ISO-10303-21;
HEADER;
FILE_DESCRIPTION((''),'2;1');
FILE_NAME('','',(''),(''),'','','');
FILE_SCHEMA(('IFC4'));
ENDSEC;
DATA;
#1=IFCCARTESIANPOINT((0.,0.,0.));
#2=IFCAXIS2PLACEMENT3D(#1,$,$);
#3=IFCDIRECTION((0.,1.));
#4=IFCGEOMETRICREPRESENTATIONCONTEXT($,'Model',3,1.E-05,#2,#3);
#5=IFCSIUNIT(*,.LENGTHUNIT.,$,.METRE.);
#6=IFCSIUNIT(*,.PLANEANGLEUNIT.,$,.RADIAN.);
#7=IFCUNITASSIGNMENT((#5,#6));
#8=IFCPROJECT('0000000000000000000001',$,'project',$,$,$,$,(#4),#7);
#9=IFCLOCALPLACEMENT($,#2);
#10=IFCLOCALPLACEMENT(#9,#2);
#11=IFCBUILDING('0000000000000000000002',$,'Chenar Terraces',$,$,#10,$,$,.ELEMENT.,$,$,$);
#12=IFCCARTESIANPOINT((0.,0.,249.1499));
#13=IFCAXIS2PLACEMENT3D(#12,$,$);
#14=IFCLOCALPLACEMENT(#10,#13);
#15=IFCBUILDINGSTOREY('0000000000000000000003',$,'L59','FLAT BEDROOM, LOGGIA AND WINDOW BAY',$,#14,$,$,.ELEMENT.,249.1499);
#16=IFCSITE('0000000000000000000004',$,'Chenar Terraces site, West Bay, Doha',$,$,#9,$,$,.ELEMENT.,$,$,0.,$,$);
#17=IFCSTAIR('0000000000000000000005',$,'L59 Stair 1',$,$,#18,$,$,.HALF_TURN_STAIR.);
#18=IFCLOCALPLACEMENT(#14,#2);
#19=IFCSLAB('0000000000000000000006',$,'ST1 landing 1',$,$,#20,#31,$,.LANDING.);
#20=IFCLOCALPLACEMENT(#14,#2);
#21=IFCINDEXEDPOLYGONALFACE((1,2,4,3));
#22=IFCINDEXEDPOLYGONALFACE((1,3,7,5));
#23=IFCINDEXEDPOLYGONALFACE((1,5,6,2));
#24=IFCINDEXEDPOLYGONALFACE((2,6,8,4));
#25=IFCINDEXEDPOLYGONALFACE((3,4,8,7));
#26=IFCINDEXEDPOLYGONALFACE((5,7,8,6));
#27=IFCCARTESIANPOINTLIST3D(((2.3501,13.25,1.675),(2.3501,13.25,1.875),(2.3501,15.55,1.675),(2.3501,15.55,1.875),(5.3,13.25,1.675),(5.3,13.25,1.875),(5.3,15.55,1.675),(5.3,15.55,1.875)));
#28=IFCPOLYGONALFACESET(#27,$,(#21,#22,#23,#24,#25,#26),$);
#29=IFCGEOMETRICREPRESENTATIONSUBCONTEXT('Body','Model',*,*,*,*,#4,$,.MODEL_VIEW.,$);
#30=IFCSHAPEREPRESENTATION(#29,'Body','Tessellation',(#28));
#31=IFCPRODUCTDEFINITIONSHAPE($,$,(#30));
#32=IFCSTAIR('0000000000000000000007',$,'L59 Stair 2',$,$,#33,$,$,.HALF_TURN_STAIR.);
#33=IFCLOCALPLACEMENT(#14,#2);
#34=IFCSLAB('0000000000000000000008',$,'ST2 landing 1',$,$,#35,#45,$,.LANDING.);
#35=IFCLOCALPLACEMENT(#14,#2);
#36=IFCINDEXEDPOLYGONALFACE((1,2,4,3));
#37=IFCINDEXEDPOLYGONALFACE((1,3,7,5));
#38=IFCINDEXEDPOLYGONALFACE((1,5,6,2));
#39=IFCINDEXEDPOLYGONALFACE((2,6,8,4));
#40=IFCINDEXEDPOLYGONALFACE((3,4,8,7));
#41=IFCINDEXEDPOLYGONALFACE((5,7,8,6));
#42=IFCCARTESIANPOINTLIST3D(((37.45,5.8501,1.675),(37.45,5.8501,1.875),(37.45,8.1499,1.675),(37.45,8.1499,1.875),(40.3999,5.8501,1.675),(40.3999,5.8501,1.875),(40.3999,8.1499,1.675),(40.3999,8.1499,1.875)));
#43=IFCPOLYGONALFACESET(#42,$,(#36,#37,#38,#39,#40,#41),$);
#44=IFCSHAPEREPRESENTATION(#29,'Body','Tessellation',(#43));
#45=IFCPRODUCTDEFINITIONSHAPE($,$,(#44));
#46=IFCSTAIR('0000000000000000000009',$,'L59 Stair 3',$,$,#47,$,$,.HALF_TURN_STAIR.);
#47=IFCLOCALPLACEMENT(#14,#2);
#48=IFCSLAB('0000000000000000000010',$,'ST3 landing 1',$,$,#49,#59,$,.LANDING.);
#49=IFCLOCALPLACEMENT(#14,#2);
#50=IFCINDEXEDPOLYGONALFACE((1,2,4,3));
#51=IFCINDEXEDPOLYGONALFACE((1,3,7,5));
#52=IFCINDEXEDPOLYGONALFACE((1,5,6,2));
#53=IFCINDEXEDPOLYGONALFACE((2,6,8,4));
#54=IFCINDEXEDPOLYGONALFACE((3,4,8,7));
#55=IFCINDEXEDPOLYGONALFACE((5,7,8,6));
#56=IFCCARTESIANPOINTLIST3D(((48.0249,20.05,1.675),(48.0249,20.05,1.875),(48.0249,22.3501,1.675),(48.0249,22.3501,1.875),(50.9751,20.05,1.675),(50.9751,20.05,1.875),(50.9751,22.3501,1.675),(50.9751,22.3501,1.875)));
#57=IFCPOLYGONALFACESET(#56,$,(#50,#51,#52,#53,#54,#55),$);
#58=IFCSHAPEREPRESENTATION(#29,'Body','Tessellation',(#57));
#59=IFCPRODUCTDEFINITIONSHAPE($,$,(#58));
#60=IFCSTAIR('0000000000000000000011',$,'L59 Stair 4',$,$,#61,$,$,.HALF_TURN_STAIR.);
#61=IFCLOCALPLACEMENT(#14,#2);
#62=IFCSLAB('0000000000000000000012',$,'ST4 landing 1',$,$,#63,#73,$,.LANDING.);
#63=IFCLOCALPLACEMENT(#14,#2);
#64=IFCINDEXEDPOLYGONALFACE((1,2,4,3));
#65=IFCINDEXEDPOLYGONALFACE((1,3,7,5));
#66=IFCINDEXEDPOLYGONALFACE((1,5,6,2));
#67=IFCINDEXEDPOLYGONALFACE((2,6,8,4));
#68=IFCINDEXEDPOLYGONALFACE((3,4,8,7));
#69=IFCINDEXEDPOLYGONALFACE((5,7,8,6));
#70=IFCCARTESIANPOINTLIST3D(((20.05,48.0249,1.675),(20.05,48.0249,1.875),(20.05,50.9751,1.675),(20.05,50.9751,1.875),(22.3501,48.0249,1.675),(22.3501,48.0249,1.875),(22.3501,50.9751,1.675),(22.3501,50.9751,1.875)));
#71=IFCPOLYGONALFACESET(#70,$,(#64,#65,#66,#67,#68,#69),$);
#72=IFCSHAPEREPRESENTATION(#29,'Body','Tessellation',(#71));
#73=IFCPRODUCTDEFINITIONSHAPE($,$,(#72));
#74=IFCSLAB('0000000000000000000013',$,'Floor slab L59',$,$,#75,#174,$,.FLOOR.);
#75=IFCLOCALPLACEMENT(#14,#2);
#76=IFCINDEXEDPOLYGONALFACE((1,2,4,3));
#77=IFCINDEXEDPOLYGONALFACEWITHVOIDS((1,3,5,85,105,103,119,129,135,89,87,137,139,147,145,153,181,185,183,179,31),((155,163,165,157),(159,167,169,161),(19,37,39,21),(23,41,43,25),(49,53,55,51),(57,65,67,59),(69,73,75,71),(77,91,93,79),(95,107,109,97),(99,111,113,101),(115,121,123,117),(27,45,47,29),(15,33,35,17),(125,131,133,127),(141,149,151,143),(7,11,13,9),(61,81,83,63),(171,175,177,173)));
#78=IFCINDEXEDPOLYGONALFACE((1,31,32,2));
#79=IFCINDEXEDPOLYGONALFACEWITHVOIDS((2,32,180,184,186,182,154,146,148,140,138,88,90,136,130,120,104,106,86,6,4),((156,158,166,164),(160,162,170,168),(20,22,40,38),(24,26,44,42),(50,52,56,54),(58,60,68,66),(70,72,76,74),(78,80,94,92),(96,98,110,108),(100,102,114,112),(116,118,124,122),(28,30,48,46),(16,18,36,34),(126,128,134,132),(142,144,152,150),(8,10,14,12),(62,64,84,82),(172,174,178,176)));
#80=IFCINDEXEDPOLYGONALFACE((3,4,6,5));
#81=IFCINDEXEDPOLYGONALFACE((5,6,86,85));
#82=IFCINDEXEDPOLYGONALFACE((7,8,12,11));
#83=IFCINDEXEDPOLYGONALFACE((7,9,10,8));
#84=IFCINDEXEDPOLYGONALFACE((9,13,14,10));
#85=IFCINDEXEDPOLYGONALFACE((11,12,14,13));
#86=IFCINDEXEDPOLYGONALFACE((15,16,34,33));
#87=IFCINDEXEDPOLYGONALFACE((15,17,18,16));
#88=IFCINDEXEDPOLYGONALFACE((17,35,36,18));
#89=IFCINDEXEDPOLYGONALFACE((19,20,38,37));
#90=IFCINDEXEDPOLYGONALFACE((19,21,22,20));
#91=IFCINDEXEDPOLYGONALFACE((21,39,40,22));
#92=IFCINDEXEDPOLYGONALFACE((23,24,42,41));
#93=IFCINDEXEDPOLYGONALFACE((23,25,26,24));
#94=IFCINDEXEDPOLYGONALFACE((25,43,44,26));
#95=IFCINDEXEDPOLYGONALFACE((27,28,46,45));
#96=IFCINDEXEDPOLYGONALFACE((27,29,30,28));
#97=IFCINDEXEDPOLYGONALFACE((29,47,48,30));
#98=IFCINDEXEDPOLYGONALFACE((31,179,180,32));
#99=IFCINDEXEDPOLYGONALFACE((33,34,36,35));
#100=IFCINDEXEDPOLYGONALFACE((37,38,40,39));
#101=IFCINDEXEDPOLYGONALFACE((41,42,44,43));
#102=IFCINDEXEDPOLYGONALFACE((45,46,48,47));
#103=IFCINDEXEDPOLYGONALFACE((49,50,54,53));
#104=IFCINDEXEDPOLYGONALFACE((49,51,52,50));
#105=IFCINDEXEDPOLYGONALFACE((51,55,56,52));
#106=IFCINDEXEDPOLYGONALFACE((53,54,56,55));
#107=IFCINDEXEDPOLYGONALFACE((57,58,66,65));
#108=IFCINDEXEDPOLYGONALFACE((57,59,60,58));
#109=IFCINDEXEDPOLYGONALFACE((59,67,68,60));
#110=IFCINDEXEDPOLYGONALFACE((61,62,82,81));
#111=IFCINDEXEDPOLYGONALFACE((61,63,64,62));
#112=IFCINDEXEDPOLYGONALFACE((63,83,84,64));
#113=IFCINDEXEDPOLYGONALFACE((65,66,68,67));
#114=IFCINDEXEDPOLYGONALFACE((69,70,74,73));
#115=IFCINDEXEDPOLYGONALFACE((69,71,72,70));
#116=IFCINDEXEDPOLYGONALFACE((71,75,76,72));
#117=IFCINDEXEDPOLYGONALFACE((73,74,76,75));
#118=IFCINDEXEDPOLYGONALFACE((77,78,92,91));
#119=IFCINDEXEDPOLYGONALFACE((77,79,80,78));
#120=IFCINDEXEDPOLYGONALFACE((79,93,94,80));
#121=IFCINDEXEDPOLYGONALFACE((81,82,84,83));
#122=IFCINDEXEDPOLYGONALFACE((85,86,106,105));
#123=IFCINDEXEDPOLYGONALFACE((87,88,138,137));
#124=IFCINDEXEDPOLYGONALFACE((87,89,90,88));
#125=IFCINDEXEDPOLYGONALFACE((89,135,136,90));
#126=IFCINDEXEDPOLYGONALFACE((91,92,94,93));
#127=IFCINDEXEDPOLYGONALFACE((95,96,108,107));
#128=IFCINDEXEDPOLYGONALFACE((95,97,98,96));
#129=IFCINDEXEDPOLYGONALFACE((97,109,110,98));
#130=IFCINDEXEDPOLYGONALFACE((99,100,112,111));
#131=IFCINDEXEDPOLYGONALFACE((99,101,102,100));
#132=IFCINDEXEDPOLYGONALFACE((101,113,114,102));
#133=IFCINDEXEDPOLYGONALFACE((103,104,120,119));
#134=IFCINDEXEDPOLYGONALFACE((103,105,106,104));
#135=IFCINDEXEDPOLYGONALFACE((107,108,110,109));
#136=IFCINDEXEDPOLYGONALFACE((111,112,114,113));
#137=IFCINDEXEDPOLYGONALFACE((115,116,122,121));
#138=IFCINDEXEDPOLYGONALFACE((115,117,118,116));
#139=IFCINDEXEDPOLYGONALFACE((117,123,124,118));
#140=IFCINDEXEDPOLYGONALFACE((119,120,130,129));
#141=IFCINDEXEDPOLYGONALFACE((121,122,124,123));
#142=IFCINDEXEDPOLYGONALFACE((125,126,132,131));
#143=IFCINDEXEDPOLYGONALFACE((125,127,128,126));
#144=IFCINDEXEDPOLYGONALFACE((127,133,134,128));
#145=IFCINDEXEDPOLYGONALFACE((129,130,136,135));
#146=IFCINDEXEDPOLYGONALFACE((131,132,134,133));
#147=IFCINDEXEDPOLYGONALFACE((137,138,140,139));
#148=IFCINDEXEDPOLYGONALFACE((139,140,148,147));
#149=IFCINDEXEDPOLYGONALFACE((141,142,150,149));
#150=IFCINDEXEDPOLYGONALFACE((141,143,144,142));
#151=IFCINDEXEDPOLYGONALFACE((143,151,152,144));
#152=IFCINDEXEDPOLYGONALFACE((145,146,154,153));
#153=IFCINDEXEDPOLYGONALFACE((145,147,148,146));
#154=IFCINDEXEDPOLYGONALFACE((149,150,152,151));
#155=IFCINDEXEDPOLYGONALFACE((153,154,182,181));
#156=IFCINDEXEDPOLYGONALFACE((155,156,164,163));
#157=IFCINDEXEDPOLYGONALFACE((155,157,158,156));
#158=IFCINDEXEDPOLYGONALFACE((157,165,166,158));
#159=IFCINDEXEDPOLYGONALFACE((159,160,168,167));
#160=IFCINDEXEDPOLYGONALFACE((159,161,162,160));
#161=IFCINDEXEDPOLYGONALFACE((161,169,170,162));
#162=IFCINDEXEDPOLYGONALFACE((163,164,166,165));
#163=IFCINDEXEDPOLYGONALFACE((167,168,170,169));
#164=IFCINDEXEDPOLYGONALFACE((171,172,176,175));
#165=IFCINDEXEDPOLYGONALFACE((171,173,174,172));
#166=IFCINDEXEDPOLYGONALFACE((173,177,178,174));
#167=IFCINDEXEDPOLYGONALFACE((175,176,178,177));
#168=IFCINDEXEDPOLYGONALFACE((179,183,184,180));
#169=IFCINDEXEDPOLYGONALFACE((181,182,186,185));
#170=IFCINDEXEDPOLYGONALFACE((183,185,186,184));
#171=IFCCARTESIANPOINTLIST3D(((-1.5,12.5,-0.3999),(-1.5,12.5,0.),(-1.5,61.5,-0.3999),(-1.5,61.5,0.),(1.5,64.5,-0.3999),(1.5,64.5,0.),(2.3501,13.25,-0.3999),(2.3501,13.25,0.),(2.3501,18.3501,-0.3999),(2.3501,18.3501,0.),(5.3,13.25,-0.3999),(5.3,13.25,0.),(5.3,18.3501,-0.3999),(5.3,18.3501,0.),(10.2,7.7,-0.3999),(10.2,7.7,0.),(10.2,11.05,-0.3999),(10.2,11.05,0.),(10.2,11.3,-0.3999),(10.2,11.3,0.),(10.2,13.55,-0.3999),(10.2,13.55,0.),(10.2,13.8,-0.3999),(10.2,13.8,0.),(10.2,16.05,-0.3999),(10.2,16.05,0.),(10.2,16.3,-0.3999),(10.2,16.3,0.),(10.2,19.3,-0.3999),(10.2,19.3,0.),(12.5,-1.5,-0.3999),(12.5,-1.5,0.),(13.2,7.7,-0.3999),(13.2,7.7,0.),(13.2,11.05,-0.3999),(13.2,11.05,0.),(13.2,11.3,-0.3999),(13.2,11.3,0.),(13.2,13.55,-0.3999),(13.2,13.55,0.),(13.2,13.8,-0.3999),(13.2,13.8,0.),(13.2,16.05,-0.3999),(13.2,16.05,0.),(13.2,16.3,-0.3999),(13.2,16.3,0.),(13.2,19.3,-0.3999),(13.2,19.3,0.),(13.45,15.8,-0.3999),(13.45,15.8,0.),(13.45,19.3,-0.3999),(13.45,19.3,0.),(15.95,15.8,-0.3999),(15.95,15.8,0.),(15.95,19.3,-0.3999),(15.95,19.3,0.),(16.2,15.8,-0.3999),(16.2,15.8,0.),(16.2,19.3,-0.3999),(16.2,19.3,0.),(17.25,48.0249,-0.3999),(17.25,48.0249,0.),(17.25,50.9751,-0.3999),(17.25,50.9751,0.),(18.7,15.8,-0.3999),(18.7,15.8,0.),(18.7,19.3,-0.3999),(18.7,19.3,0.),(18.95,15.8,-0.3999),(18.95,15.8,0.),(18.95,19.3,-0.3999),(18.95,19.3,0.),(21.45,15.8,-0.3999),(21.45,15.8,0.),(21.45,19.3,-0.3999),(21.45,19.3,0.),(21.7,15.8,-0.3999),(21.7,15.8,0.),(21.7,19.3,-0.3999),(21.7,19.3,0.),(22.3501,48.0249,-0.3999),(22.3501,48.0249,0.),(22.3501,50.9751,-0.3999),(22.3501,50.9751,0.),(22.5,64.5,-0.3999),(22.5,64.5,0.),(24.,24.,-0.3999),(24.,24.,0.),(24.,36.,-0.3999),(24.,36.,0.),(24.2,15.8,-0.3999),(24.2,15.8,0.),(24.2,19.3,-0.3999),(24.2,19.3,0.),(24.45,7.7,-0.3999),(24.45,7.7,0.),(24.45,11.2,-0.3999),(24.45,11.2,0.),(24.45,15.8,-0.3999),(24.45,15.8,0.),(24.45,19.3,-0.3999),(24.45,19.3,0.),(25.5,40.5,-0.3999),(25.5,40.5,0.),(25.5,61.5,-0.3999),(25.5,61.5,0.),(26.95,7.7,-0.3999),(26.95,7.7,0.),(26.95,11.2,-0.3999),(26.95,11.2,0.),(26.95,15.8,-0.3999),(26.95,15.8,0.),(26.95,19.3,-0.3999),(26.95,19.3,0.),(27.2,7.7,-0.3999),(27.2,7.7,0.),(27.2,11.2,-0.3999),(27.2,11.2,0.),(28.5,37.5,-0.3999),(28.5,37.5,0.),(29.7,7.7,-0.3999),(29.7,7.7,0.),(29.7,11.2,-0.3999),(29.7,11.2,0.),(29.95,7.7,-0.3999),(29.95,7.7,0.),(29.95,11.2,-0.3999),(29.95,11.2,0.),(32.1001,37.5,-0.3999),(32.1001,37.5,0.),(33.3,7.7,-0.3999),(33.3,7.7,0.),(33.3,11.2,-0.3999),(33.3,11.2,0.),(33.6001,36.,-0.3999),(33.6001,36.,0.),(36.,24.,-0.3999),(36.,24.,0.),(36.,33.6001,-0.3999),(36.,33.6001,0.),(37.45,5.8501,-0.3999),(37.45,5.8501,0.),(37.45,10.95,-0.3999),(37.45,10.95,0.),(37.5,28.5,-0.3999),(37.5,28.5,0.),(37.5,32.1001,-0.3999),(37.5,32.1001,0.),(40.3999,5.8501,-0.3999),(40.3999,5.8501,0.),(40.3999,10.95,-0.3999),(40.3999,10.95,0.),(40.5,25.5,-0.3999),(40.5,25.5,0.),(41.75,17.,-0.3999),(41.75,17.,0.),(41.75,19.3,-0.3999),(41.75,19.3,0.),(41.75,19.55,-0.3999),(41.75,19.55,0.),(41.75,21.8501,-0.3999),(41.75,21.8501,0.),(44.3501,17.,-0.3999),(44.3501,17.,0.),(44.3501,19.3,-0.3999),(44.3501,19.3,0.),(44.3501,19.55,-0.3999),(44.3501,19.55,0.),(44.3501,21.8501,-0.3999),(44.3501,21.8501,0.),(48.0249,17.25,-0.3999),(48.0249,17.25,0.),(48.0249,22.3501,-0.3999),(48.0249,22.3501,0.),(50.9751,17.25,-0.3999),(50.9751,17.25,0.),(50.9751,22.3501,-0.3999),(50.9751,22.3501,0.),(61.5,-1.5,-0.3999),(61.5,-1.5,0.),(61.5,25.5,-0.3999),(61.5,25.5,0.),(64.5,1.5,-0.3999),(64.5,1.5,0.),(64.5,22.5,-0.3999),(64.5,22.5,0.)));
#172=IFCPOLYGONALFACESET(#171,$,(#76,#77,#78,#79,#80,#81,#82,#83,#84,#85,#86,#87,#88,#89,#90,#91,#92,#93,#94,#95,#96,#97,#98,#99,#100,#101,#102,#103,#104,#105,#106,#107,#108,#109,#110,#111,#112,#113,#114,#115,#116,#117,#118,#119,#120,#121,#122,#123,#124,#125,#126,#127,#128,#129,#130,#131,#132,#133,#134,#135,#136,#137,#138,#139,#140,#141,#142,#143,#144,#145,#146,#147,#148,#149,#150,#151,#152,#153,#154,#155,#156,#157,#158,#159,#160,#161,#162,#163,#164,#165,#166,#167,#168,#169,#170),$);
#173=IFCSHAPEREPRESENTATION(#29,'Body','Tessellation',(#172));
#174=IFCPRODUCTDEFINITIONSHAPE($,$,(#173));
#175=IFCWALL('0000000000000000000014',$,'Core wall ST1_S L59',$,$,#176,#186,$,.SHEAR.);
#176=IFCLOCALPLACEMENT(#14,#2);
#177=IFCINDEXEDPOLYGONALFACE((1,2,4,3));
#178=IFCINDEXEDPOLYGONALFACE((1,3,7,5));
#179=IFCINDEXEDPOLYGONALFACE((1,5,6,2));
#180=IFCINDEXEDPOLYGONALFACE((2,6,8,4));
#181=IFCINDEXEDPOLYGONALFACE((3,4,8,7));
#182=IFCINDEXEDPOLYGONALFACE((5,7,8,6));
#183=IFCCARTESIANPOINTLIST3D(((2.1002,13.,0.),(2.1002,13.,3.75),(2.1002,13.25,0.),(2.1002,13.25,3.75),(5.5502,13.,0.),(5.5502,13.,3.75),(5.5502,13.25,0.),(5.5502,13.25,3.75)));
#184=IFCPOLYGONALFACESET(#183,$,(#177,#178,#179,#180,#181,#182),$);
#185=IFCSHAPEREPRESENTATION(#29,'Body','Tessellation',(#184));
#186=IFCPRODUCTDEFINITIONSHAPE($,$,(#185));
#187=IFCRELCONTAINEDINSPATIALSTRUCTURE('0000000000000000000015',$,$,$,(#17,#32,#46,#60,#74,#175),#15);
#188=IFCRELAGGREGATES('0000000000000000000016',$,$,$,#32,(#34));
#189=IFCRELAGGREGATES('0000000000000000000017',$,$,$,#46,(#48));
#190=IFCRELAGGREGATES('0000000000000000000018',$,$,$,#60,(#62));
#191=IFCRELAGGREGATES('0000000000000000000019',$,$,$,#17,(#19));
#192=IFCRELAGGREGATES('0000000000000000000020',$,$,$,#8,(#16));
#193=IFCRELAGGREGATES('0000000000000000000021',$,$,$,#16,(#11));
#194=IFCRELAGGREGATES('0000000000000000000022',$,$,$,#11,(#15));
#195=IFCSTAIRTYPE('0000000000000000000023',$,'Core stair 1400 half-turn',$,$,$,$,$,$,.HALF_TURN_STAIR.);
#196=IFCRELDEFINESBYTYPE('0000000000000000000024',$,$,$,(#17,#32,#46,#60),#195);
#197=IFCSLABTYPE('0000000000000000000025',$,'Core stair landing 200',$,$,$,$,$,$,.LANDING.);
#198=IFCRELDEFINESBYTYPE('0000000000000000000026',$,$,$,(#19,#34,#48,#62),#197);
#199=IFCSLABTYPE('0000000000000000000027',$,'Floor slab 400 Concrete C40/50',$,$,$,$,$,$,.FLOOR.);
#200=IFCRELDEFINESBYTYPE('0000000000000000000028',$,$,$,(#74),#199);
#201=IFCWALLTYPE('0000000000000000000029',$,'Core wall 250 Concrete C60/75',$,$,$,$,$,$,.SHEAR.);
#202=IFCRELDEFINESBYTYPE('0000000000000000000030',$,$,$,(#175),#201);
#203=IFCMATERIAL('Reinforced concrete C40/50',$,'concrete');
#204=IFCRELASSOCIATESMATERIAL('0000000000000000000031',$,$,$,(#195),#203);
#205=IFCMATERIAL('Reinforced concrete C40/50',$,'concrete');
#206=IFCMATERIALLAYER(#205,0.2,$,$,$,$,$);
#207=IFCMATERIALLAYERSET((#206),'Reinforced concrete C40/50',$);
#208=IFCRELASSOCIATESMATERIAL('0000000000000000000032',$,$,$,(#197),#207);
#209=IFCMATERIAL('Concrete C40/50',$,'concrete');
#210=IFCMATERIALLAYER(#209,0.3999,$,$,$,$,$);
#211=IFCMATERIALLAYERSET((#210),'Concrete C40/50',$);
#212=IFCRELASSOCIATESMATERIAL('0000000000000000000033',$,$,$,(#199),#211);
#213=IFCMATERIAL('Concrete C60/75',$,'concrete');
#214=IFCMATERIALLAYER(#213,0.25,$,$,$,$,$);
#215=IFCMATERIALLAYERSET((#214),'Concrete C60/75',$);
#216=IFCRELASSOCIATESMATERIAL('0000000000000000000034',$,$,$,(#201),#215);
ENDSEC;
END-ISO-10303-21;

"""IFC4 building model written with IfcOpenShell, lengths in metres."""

from ifc_helpers import new_model, si_unit, direction, frame, frame_2d, origin, place, context, subcontext, project, spatial, polyline, rectangle, outline, extrude, material, layer, layer_set, type_object, element, aggregate, save


model = new_model("IFC4")

# Units and contexts
model_context = context("Model", 3, precision=1e-05, world=origin(), true_north=direction((0.0, 1.0)))
body_context = subcontext(model_context, "Body", "Model", "MODEL_VIEW")
ifc_project = project(units=[si_unit("LENGTHUNIT", "METRE"), si_unit("PLANEANGLEUNIT", "RADIAN")], contexts=[model_context])

# Site, building, storey
site_placement = place(None, origin())
site = spatial("IfcSite", under=ifc_project, at=site_placement, Name="Chenar Terraces site, West Bay, Doha", CompositionType="ELEMENT", RefElevation=0.0)
building_placement = place(site_placement, origin())
building = spatial("IfcBuilding", under=site, at=building_placement, Name="Chenar Terraces", CompositionType="ELEMENT")
storey_placement = place(building_placement, frame((0.0, 0.0, 249.1499)))
storey = spatial("IfcBuildingStorey", under=building, at=storey_placement, Name="L59", Description="FLAT BEDROOM, LOGGIA AND WINDOW BAY", CompositionType="ELEMENT", Elevation=249.1499)

# Stairs, slabs
ifc_material_1 = material(Name="Reinforced concrete C40/50", Category="concrete")
stair_type = type_object("IfcStairType", Name="Core stair 1400 half-turn", PredefinedType="HALF_TURN_STAIR", material=ifc_material_1)
placement_1 = place(storey_placement, origin())
stair_1 = element("IfcStair", 1, at=placement_1, inside=storey, type_object=stair_type, Name="L59 Stair 1", PredefinedType="HALF_TURN_STAIR")
ifc_material_2 = material(Name="Reinforced concrete C40/50", Category="concrete")
ifc_layer_1 = layer(ifc_material_2, 0.2)
ifc_layer_set_1 = layer_set([ifc_layer_1], Name="Reinforced concrete C40/50")
slab_type_1 = type_object("IfcSlabType", Name="Core stair landing 200", PredefinedType="LANDING", material=ifc_layer_set_1)
placement_2 = place(storey_placement, frame((0.0, 0.0, 1.675)))
slab_1 = element("IfcSlab", 2, at=placement_2, type_object=slab_type_1, Name="ST1 landing 1", PredefinedType="LANDING", context=body_context, shape_type="SweptSolid", body=[
    extrude(outline(polyline([(2.3501, 15.55), (2.3501, 13.25), (5.3, 13.25), (5.3, 15.55), (2.3501, 15.55)])), origin(), (0.0, 0.0, 1.0), 0.2),
])
stair_2 = element("IfcStair", 3, at=placement_1, inside=storey, type_object=stair_type, Name="L59 Stair 2", PredefinedType="HALF_TURN_STAIR")
slab_2 = element("IfcSlab", 4, at=placement_2, type_object=slab_type_1, Name="ST2 landing 1", PredefinedType="LANDING", context=body_context, shape_type="SweptSolid", body=[
    extrude(outline(polyline([(37.45, 8.1499), (37.45, 5.8501), (40.3999, 5.8501), (40.3999, 8.1499), (37.45, 8.1499)])), origin(), (0.0, 0.0, 1.0), 0.2),
])
aggregate(stair_2, [slab_2])
stair_3 = element("IfcStair", 5, at=placement_1, inside=storey, type_object=stair_type, Name="L59 Stair 3", PredefinedType="HALF_TURN_STAIR")
slab_3 = element("IfcSlab", 6, at=placement_2, type_object=slab_type_1, Name="ST3 landing 1", PredefinedType="LANDING", context=body_context, shape_type="SweptSolid", body=[
    extrude(outline(polyline([(50.9751, 20.05), (50.9751, 22.3501), (48.0249, 22.3501), (48.0249, 20.05), (50.9751, 20.05)])), origin(), (0.0, 0.0, 1.0), 0.2),
])
aggregate(stair_3, [slab_3])
stair_4 = element("IfcStair", 7, at=placement_1, inside=storey, type_object=stair_type, Name="L59 Stair 4", PredefinedType="HALF_TURN_STAIR")
slab_4 = element("IfcSlab", 8, at=placement_2, type_object=slab_type_1, Name="ST4 landing 1", PredefinedType="LANDING", context=body_context, shape_type="SweptSolid", body=[
    extrude(outline(polyline([(20.05, 48.0249), (22.3501, 48.0249), (22.3501, 50.9751), (20.05, 50.9751), (20.05, 48.0249)])), origin(), (0.0, 0.0, 1.0), 0.2),
])
aggregate(stair_4, [slab_4])

# Slab
ifc_material_3 = material(Name="Concrete C40/50", Category="concrete")
ifc_layer_2 = layer(ifc_material_3, 0.3999)
ifc_layer_set_2 = layer_set([ifc_layer_2], Name="Concrete C40/50")
slab_type_2 = type_object("IfcSlabType", Name="Floor slab 400 Concrete C40/50", PredefinedType="FLOOR", material=ifc_layer_set_2)
slab_5_placement = place(storey_placement, frame((0.0, 0.0, -0.3999)))
element("IfcSlab", 9, at=slab_5_placement, inside=storey, type_object=slab_type_2, Name="Floor slab L59", PredefinedType="FLOOR", context=body_context, shape_type="SweptSolid", body=[
    extrude(outline(polyline([(64.5, 22.5), (64.5, 1.5), (61.5, -1.5), (12.5, -1.5), (-1.5, 12.5), (-1.5, 61.5), (1.5, 64.5), (22.5, 64.5), (25.5, 61.5), (25.5, 40.5), (28.5, 37.5), (32.1001, 37.5), (33.6001, 36.0), (24.0, 36.0), (24.0, 24.0), (36.0, 24.0), (36.0, 33.6001), (37.5, 32.1001), (37.5, 28.5), (40.5, 25.5), (61.5, 25.5), (64.5, 22.5)]), holes=[polyline([(13.2, 11.05), (10.2, 11.05), (10.2, 7.7), (13.2, 7.7), (13.2, 11.05)]), polyline([(13.2, 13.55), (10.2, 13.55), (10.2, 11.3), (13.2, 11.3), (13.2, 13.55)]), polyline([(13.2, 16.05), (10.2, 16.05), (10.2, 13.8), (13.2, 13.8), (13.2, 16.05)]), polyline([(2.3501, 13.25), (5.3, 13.25), (5.3, 18.3501), (2.3501, 18.3501), (2.3501, 13.25)]), polyline([(15.95, 19.3), (13.45, 19.3), (13.45, 15.8), (15.95, 15.8), (15.95, 19.3)]), polyline([(18.7, 19.3), (16.2, 19.3), (16.2, 15.8), (18.7, 15.8), (18.7, 19.3)]), polyline([(21.45, 19.3), (18.95, 19.3), (18.95, 15.8), (21.45, 15.8), (21.45, 19.3)]), polyline([(24.2, 15.8), (24.2, 19.3), (21.7, 19.3), (21.7, 15.8), (24.2, 15.8)]), polyline([(13.2, 16.3), (13.2, 19.3), (10.2, 19.3), (10.2, 16.3), (13.2, 16.3)]), polyline([(22.3501, 48.0249), (22.3501, 50.9751), (17.25, 50.9751), (17.25, 48.0249), (22.3501, 48.0249)]), polyline([(37.45, 5.8501), (40.3999, 5.8501), (40.3999, 10.95), (37.45, 10.95), (37.45, 5.8501)]), polyline([(26.95, 11.2), (24.45, 11.2), (24.45, 7.7), (26.95, 7.7), (26.95, 11.2)]), polyline([(29.7, 7.7), (29.7, 11.2), (27.2, 11.2), (27.2, 7.7), (29.7, 7.7)]), polyline([(33.3, 7.7), (33.3, 11.2), (29.95, 11.2), (29.95, 7.7), (33.3, 7.7)]), polyline([(26.95, 19.3), (24.45, 19.3), (24.45, 15.8), (26.95, 15.8), (26.95, 19.3)]), polyline([(44.3501, 19.3), (41.75, 19.3), (41.75, 17.0), (44.3501, 17.0), (44.3501, 19.3)]), polyline([(50.9751, 22.3501), (48.0249, 22.3501), (48.0249, 17.25), (50.9751, 17.25), (50.9751, 22.3501)]), polyline([(44.3501, 19.55), (44.3501, 21.8501), (41.75, 21.8501), (41.75, 19.55), (44.3501, 19.55)])]), origin(), (0.0, 0.0, 1.0), 0.3999),
])

# Wall
ifc_material_4 = material(Name="Concrete C60/75", Category="concrete")
ifc_layer_3 = layer(ifc_material_4, 0.25)
ifc_layer_set_3 = layer_set([ifc_layer_3], Name="Concrete C60/75")
wall_type_1 = type_object("IfcWallType", Name="Core wall 250 Concrete C60/75", PredefinedType="SHEAR", material=ifc_layer_set_3)
wall_1_placement = place(storey_placement, frame((2.1001, 13.125, 0.0), z_axis=(0.0, 0.0, 1.0), x_axis=(1.0, 0.0, 0.0)))
element("IfcWall", 10, at=wall_1_placement, inside=storey, type_object=wall_type_1, Name="Core wall ST1_S L59", PredefinedType="SHEAR", context=body_context, shape_type="SweptSolid", body=[
    extrude(rectangle(XDim=3.45, YDim=0.25, at=frame_2d((1.7251, 0.0))), origin(), (0.0, 0.0, 1.0), 3.75),
])

aggregate(stair_1, [slab_1])

save(model, "model.ifc")
